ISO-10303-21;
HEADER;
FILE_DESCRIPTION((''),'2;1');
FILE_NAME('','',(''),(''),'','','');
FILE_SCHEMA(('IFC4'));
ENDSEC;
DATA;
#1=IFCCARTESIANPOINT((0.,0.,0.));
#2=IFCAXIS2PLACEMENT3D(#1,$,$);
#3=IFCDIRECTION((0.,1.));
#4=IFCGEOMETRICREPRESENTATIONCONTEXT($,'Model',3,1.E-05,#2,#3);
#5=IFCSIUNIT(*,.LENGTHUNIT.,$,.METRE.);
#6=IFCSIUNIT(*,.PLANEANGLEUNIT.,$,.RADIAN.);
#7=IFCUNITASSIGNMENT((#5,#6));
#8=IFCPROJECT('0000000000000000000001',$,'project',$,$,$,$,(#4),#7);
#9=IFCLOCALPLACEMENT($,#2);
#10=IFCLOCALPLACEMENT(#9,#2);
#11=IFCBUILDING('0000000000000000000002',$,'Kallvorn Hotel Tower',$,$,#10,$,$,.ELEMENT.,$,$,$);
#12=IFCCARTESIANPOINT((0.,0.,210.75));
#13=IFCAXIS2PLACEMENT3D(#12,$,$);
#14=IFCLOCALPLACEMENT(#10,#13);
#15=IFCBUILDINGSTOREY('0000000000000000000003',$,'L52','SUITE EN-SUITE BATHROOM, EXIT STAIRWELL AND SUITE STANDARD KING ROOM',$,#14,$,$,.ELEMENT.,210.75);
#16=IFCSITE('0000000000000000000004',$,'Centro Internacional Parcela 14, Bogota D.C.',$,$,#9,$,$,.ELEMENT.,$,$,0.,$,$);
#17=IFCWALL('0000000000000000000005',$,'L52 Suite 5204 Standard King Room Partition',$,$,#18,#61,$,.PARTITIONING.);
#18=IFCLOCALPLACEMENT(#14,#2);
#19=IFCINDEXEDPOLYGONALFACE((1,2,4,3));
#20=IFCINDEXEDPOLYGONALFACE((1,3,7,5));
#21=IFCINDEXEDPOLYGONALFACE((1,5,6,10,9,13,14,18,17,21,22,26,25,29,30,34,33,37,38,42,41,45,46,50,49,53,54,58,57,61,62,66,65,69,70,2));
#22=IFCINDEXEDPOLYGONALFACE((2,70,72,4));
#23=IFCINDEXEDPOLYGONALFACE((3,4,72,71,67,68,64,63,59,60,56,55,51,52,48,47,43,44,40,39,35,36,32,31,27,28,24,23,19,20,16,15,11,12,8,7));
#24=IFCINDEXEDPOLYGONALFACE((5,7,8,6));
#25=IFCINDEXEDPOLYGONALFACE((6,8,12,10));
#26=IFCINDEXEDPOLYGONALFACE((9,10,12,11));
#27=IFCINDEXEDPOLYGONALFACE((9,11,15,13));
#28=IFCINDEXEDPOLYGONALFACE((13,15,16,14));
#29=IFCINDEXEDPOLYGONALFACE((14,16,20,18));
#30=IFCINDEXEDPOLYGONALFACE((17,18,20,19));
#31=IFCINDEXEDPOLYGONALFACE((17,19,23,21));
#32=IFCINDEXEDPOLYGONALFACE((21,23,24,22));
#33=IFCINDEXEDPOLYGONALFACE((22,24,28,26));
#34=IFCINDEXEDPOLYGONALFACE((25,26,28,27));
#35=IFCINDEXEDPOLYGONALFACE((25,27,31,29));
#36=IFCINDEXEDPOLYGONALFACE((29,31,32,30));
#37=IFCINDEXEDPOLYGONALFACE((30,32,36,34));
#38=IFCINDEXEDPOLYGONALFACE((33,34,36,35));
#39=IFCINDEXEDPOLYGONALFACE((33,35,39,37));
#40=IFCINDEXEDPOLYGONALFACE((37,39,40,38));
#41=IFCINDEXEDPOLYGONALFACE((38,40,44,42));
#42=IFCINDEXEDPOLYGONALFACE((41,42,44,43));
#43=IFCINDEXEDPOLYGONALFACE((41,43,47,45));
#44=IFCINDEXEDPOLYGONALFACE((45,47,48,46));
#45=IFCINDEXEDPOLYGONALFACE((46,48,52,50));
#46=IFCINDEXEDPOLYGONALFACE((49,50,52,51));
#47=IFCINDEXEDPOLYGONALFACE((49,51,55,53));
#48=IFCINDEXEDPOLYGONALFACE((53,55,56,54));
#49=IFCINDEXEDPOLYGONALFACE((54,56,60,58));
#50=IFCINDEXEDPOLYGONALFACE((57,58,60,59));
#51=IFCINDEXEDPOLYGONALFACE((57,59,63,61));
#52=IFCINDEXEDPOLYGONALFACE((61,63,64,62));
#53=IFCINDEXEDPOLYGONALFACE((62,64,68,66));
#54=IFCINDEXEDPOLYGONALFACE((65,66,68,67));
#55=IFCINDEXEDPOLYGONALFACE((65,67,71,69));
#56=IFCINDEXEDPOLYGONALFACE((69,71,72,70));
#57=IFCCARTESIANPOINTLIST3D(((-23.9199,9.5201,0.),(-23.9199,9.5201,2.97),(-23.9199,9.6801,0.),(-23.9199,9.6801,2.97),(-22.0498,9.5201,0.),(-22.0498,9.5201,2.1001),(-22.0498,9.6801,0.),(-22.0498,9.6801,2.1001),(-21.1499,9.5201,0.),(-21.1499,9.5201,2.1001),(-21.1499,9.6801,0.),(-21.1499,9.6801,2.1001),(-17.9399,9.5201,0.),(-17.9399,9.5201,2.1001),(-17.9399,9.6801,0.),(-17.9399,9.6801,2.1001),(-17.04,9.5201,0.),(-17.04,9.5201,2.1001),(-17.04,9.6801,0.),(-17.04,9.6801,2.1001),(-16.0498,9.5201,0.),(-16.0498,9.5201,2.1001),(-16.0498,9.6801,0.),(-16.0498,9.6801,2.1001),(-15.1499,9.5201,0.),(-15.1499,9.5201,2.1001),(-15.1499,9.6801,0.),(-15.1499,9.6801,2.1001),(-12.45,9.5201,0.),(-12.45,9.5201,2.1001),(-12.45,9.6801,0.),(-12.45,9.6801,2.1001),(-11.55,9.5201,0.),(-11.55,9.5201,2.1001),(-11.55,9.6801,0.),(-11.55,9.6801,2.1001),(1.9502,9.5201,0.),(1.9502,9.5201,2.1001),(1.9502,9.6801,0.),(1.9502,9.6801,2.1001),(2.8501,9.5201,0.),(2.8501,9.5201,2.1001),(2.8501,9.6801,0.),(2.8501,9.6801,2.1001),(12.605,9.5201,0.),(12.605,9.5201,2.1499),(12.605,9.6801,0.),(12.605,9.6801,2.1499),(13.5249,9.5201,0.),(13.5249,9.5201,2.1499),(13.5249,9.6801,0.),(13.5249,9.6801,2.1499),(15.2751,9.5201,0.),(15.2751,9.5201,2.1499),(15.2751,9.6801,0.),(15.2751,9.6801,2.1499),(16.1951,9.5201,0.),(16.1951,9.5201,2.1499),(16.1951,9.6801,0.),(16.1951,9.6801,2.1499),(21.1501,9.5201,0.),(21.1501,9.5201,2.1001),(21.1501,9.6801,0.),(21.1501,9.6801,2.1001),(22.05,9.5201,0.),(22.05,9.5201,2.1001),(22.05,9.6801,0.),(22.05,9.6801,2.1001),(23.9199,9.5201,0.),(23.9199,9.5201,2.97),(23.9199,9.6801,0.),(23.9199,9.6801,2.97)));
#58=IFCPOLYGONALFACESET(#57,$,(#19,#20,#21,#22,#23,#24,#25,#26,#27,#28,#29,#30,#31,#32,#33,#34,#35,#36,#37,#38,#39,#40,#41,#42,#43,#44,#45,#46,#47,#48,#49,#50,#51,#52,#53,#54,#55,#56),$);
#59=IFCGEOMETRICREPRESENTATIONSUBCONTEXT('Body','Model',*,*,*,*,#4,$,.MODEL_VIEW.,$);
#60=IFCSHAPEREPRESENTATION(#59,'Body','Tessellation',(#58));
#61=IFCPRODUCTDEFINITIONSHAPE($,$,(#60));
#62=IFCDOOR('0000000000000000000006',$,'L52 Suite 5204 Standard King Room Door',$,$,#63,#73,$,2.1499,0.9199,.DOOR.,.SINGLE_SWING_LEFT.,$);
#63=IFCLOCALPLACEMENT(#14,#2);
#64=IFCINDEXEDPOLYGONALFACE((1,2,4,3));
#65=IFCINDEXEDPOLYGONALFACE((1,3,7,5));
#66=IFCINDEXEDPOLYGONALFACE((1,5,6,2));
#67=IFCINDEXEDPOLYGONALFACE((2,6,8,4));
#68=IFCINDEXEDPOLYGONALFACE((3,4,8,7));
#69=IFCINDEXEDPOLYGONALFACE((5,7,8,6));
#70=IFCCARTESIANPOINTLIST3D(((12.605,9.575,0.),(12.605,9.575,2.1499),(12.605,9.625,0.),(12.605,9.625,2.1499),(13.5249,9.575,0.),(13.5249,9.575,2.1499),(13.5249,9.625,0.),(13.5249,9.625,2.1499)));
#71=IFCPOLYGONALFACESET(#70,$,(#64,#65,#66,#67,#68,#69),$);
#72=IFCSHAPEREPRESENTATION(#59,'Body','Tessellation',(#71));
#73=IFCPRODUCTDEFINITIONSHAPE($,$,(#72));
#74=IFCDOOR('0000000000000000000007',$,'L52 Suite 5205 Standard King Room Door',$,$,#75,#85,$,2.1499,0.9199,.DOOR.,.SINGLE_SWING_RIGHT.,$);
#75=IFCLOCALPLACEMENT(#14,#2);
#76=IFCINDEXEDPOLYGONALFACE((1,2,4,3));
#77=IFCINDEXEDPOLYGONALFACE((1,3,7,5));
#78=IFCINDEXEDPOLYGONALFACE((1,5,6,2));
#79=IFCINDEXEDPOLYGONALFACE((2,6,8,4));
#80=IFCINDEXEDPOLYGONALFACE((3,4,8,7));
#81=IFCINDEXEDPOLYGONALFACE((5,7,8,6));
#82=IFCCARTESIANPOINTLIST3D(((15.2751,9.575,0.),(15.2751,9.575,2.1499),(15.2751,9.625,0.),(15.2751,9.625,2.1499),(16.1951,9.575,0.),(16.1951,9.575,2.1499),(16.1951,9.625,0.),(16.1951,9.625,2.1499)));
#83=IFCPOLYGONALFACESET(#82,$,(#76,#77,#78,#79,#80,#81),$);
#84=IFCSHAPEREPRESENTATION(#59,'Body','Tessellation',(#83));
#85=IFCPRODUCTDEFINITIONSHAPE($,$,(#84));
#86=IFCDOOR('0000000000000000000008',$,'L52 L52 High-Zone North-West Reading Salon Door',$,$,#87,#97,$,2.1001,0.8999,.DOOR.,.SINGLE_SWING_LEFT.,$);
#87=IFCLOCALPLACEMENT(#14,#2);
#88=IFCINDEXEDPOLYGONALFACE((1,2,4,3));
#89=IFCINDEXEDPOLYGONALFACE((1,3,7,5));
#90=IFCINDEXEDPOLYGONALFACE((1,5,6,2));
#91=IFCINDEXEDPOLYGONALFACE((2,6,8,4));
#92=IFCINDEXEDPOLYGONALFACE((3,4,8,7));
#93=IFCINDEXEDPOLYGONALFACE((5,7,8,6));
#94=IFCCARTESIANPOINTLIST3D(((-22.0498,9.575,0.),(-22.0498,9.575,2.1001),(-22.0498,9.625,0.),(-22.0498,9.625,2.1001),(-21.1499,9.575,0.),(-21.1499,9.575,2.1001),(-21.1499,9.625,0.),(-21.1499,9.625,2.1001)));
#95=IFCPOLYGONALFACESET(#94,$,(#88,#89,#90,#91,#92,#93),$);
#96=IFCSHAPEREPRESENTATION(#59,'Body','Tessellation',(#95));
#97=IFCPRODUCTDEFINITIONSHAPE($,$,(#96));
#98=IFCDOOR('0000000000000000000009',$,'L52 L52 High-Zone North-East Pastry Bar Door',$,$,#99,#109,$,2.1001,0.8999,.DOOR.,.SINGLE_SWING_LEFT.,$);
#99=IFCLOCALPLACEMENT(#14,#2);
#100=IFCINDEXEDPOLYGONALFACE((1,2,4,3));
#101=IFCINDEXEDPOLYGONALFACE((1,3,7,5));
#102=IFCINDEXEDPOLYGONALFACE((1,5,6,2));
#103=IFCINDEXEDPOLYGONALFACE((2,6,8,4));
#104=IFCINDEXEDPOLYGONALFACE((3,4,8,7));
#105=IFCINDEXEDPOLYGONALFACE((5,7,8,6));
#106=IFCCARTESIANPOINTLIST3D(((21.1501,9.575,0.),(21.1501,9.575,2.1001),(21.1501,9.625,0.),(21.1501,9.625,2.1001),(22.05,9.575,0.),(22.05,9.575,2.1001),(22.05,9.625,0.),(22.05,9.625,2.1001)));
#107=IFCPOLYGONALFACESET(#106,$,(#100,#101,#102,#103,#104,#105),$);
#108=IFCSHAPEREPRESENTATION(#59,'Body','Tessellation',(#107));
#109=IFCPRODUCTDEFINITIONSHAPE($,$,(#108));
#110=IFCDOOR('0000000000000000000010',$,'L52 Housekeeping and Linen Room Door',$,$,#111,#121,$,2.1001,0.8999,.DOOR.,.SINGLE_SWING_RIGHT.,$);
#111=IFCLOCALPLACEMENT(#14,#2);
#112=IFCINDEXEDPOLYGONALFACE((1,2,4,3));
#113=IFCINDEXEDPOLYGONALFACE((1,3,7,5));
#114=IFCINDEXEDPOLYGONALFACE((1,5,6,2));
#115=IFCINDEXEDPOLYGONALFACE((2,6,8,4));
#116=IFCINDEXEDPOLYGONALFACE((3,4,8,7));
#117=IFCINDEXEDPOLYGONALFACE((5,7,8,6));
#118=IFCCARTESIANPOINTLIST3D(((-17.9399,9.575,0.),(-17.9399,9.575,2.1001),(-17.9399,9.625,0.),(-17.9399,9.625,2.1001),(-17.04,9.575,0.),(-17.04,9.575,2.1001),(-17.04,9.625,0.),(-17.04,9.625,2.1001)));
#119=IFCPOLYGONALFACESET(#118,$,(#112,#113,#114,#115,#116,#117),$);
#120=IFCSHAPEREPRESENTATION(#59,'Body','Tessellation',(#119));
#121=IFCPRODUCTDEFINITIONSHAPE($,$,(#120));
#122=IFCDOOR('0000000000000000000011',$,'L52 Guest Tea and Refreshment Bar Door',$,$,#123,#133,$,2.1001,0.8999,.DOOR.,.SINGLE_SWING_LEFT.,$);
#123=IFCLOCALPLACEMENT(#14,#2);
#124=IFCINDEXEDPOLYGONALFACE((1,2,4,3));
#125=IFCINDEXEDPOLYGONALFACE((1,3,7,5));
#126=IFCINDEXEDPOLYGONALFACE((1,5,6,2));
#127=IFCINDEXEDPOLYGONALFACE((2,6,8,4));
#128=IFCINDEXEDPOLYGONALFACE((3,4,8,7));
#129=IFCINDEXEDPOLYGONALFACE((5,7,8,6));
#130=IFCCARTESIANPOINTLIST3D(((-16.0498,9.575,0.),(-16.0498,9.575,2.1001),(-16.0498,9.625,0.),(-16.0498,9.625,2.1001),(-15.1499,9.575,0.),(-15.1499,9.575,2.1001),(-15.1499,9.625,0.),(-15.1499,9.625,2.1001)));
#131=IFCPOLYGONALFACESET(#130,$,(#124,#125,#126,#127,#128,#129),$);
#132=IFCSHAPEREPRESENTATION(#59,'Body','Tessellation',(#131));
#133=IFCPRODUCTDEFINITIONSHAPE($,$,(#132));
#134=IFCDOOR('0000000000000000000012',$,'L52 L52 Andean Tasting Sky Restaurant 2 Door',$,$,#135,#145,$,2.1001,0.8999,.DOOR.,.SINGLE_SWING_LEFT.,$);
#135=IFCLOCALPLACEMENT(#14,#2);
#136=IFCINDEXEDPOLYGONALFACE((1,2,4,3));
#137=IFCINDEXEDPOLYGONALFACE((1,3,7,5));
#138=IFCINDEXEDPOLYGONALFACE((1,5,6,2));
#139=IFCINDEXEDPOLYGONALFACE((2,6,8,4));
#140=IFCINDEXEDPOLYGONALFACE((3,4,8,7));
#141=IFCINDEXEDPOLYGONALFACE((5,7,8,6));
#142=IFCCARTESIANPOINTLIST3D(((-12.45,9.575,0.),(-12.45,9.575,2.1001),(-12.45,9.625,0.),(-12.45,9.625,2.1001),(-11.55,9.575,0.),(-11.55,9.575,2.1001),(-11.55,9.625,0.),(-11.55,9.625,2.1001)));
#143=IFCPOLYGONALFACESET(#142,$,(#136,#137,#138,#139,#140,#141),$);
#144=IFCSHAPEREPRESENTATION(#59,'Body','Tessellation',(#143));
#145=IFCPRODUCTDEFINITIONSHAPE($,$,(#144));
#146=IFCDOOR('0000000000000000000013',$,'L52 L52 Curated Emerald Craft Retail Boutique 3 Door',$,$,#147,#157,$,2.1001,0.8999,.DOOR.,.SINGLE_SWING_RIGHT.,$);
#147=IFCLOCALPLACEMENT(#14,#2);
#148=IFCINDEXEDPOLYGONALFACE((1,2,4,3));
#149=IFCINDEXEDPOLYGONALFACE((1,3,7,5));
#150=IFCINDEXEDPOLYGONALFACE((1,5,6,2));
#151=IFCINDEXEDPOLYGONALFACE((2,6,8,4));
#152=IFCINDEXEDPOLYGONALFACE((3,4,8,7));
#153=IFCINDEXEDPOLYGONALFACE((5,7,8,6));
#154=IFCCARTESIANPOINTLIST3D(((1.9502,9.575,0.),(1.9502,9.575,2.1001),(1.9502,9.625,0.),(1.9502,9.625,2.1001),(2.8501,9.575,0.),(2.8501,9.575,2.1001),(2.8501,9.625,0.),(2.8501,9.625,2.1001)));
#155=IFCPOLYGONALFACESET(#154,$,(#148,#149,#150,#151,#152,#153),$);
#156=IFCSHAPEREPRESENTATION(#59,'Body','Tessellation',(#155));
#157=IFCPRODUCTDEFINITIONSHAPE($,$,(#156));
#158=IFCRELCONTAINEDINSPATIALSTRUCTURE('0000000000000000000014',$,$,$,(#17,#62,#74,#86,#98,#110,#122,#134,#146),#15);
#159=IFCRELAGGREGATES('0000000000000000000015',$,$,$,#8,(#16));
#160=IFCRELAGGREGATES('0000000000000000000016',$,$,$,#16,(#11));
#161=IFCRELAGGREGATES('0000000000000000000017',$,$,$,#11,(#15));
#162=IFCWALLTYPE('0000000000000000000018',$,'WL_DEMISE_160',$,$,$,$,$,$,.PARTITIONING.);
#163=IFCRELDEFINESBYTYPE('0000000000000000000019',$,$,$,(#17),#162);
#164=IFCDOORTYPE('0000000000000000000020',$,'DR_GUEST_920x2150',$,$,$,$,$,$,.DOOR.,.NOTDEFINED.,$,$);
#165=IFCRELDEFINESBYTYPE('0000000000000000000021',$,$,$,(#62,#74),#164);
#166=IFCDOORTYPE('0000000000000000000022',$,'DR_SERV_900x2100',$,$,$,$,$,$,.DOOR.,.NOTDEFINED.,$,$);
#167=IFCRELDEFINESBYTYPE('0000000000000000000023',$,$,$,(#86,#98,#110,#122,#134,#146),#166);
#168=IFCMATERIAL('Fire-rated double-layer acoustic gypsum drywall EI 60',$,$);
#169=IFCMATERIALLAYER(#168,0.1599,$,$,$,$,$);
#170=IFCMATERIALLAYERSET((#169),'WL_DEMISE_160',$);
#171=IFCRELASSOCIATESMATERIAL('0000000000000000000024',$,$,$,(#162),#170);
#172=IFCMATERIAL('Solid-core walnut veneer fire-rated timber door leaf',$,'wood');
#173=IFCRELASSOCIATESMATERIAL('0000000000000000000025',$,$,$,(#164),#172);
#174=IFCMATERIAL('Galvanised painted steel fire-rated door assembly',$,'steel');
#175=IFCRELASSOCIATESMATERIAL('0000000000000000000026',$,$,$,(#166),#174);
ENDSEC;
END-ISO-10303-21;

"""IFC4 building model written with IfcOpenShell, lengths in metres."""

from ifc_helpers import new_model, si_unit, direction, frame, frame_2d, origin, place, context, subcontext, project, spatial, rectangle, extrude, material, layer, layer_set, type_object, element, fill, save


model = new_model("IFC4")

# Units and contexts
model_context = context("Model", 3, precision=1e-05, world=origin(), true_north=direction((0.0, 1.0)))
body_context = subcontext(model_context, "Body", "Model", "MODEL_VIEW")
ifc_project = project(units=[si_unit("LENGTHUNIT", "METRE"), si_unit("PLANEANGLEUNIT", "RADIAN")], contexts=[model_context])

# Site, building, storey
site_placement = place(None, origin())
site = spatial("IfcSite", under=ifc_project, at=site_placement, Name="Centro Internacional Parcela 14, Bogota D.C.", CompositionType="ELEMENT", RefElevation=0.0)
building_placement = place(site_placement, origin())
building = spatial("IfcBuilding", under=site, at=building_placement, Name="Kallvorn Hotel Tower", CompositionType="ELEMENT")
storey_placement = place(building_placement, frame((0.0, 0.0, 210.75)))
storey = spatial("IfcBuildingStorey", under=building, at=storey_placement, Name="L52", Description="SUITE EN-SUITE BATHROOM, EXIT STAIRWELL AND SUITE STANDARD KING ROOM", CompositionType="ELEMENT", Elevation=210.75)

# Wall, openings, doors
ifc_material_1 = material(Name="Fire-rated double-layer acoustic gypsum drywall EI 60")
ifc_layer_1 = layer(ifc_material_1, 0.1599)
ifc_layer_set_1 = layer_set([ifc_layer_1], Name="WL_DEMISE_160")
wall_type_1 = type_object("IfcWallType", Name="WL_DEMISE_160", PredefinedType="PARTITIONING", material=ifc_layer_set_1)
wall_1_placement = place(storey_placement, frame((-23.9199, 9.6001, 0.0), z_axis=(0.0, 0.0, 1.0), x_axis=(1.0, 0.0, 0.0)))
wall_1 = element("IfcWall", 1, at=wall_1_placement, inside=storey, type_object=wall_type_1, Name="L52 Suite 5204 Standard King Room Partition", PredefinedType="PARTITIONING", context=body_context, shape_type="SweptSolid", body=[
    extrude(rectangle(XDim=47.8398, YDim=0.1599, at=frame_2d((23.9199, 0.0))), origin(), (0.0, 0.0, 1.0), 2.97),
])
opening_1_placement = place(wall_1_placement, frame((1.8701, 0.0, 0.0)))
opening_1 = element("IfcOpeningElement", 2, at=opening_1_placement, cuts=wall_1, PredefinedType="OPENING", context=body_context, shape_type="SweptSolid", body=[
    extrude(rectangle(XDim=0.8999, YDim=2.1001, at=frame_2d((0.45, 1.05))), frame((0.0, 0.095, 0.0), z_axis=(0.0, -1.0, 0.0), x_axis=(1.0, 0.0, 0.0)), (0.0, 0.0, 1.0), 0.1899),
])
opening_2_placement = place(wall_1_placement, frame((45.0701, 0.0, 0.0)))
opening_2 = element("IfcOpeningElement", 3, at=opening_2_placement, cuts=wall_1, PredefinedType="OPENING", context=body_context, shape_type="SweptSolid", body=[
    extrude(rectangle(XDim=0.8999, YDim=2.1001, at=frame_2d((0.45, 1.05))), frame((0.0, 0.095, 0.0), z_axis=(0.0, -1.0, 0.0), x_axis=(1.0, 0.0, 0.0)), (0.0, 0.0, 1.0), 0.1899),
])
opening_3_placement = place(wall_1_placement, frame((5.98, 0.0, 0.0)))
opening_3 = element("IfcOpeningElement", 4, at=opening_3_placement, cuts=wall_1, PredefinedType="OPENING", context=body_context, shape_type="SweptSolid", body=[
    extrude(rectangle(XDim=0.8999, YDim=2.1001, at=frame_2d((0.45, 1.05))), frame((0.0, 0.095, 0.0), z_axis=(0.0, -1.0, 0.0), x_axis=(1.0, 0.0, 0.0)), (0.0, 0.0, 1.0), 0.1899),
])
opening_4_placement = place(wall_1_placement, frame((7.8701, 0.0, 0.0)))
opening_4 = element("IfcOpeningElement", 5, at=opening_4_placement, cuts=wall_1, PredefinedType="OPENING", context=body_context, shape_type="SweptSolid", body=[
    extrude(rectangle(XDim=0.8999, YDim=2.1001, at=frame_2d((0.45, 1.05))), frame((0.0, 0.095, 0.0), z_axis=(0.0, -1.0, 0.0), x_axis=(1.0, 0.0, 0.0)), (0.0, 0.0, 1.0), 0.1899),
])
opening_5_placement = place(wall_1_placement, frame((11.47, 0.0, 0.0)))
opening_5 = element("IfcOpeningElement", 6, at=opening_5_placement, cuts=wall_1, PredefinedType="OPENING", context=body_context, shape_type="SweptSolid", body=[
    extrude(rectangle(XDim=0.8999, YDim=2.1001, at=frame_2d((0.45, 1.05))), frame((0.0, 0.095, 0.0), z_axis=(0.0, -1.0, 0.0), x_axis=(1.0, 0.0, 0.0)), (0.0, 0.0, 1.0), 0.1899),
])
opening_6_placement = place(wall_1_placement, frame((25.8701, 0.0, 0.0)))
opening_6 = element("IfcOpeningElement", 7, at=opening_6_placement, cuts=wall_1, PredefinedType="OPENING", context=body_context, shape_type="SweptSolid", body=[
    extrude(rectangle(XDim=0.8999, YDim=2.1001, at=frame_2d((0.45, 1.05))), frame((0.0, 0.095, 0.0), z_axis=(0.0, -1.0, 0.0), x_axis=(1.0, 0.0, 0.0)), (0.0, 0.0, 1.0), 0.1899),
])
opening_7_placement = place(wall_1_placement, frame((36.5249, 0.0, 0.0)))
opening_7 = element("IfcOpeningElement", 8, at=opening_7_placement, cuts=wall_1, PredefinedType="OPENING", context=body_context, shape_type="SweptSolid", body=[
    extrude(rectangle(XDim=0.9199, YDim=2.1499, at=frame_2d((0.46, 1.075))), frame((0.0, 0.095, 0.0), z_axis=(0.0, -1.0, 0.0), x_axis=(1.0, 0.0, 0.0)), (0.0, 0.0, 1.0), 0.1899),
])
opening_8_placement = place(wall_1_placement, frame((39.1951, 0.0, 0.0)))
opening_8 = element("IfcOpeningElement", 9, at=opening_8_placement, cuts=wall_1, PredefinedType="OPENING", context=body_context, shape_type="SweptSolid", body=[
    extrude(rectangle(XDim=0.9199, YDim=2.1499, at=frame_2d((0.46, 1.075))), frame((0.0, 0.095, 0.0), z_axis=(0.0, -1.0, 0.0), x_axis=(1.0, 0.0, 0.0)), (0.0, 0.0, 1.0), 0.1899),
])
ifc_material_2 = material(Name="Solid-core walnut veneer fire-rated timber door leaf", Category="wood")
door_type_1 = type_object("IfcDoorType", Name="DR_GUEST_920x2150", OperationType="NOTDEFINED", PredefinedType="DOOR", material=ifc_material_2)
door_1_placement = place(opening_7_placement, origin())
door_1 = element("IfcDoor", 10, at=door_1_placement, inside=storey, type_object=door_type_1, Name="L52 Suite 5204 Standard King Room Door", OperationType="SINGLE_SWING_LEFT", OverallHeight=2.1499, OverallWidth=0.9199, PredefinedType="DOOR", context=body_context, shape_type="SweptSolid", body=[
    extrude(rectangle(XDim=0.9199, YDim=2.1499, at=frame_2d((0.46, 1.075))), frame((0.0, 0.0249, 0.0), z_axis=(0.0, -1.0, 0.0), x_axis=(1.0, 0.0, 0.0)), (0.0, 0.0, 1.0), 0.05),
])
fill(opening_7, door_1)
door_2_placement = place(opening_8_placement, origin())
door_2 = element("IfcDoor", 11, at=door_2_placement, inside=storey, type_object=door_type_1, Name="L52 Suite 5205 Standard King Room Door", OperationType="SINGLE_SWING_RIGHT", OverallHeight=2.1499, OverallWidth=0.9199, PredefinedType="DOOR", context=body_context, shape_type="SweptSolid", body=[
    extrude(rectangle(XDim=0.9199, YDim=2.1499, at=frame_2d((0.46, 1.075))), frame((0.0, 0.0249, 0.0), z_axis=(0.0, -1.0, 0.0), x_axis=(1.0, 0.0, 0.0)), (0.0, 0.0, 1.0), 0.05),
])
fill(opening_8, door_2)
ifc_material_3 = material(Name="Galvanised painted steel fire-rated door assembly", Category="steel")
door_type_2 = type_object("IfcDoorType", Name="DR_SERV_900x2100", OperationType="NOTDEFINED", PredefinedType="DOOR", material=ifc_material_3)
door_3_placement = place(opening_1_placement, origin())
door_3 = element("IfcDoor", 12, at=door_3_placement, inside=storey, type_object=door_type_2, Name="L52 L52 High-Zone North-West Reading Salon Door", OperationType="SINGLE_SWING_LEFT", OverallHeight=2.1001, OverallWidth=0.8999, PredefinedType="DOOR", context=body_context, shape_type="SweptSolid", body=[
    extrude(rectangle(XDim=0.8999, YDim=2.1001, at=frame_2d((0.45, 1.05))), frame((0.0, 0.0249, 0.0), z_axis=(0.0, -1.0, 0.0), x_axis=(1.0, 0.0, 0.0)), (0.0, 0.0, 1.0), 0.05),
])
fill(opening_1, door_3)
door_4_placement = place(opening_2_placement, origin())
door_4 = element("IfcDoor", 13, at=door_4_placement, inside=storey, type_object=door_type_2, Name="L52 L52 High-Zone North-East Pastry Bar Door", OperationType="SINGLE_SWING_LEFT", OverallHeight=2.1001, OverallWidth=0.8999, PredefinedType="DOOR", context=body_context, shape_type="SweptSolid", body=[
    extrude(rectangle(XDim=0.8999, YDim=2.1001, at=frame_2d((0.45, 1.05))), frame((0.0, 0.0249, 0.0), z_axis=(0.0, -1.0, 0.0), x_axis=(1.0, 0.0, 0.0)), (0.0, 0.0, 1.0), 0.05),
])
fill(opening_2, door_4)
door_5_placement = place(opening_3_placement, origin())
door_5 = element("IfcDoor", 14, at=door_5_placement, inside=storey, type_object=door_type_2, Name="L52 Housekeeping and Linen Room Door", OperationType="SINGLE_SWING_RIGHT", OverallHeight=2.1001, OverallWidth=0.8999, PredefinedType="DOOR", context=body_context, shape_type="SweptSolid", body=[
    extrude(rectangle(XDim=0.8999, YDim=2.1001, at=frame_2d((0.45, 1.05))), frame((0.0, 0.0249, 0.0), z_axis=(0.0, -1.0, 0.0), x_axis=(1.0, 0.0, 0.0)), (0.0, 0.0, 1.0), 0.05),
])
fill(opening_3, door_5)
door_6_placement = place(opening_4_placement, origin())
door_6 = element("IfcDoor", 15, at=door_6_placement, inside=storey, type_object=door_type_2, Name="L52 Guest Tea and Refreshment Bar Door", OperationType="SINGLE_SWING_LEFT", OverallHeight=2.1001, OverallWidth=0.8999, PredefinedType="DOOR", context=body_context, shape_type="SweptSolid", body=[
    extrude(rectangle(XDim=0.8999, YDim=2.1001, at=frame_2d((0.45, 1.05))), frame((0.0, 0.0249, 0.0), z_axis=(0.0, -1.0, 0.0), x_axis=(1.0, 0.0, 0.0)), (0.0, 0.0, 1.0), 0.05),
])
fill(opening_4, door_6)
door_7_placement = place(opening_5_placement, origin())
door_7 = element("IfcDoor", 16, at=door_7_placement, inside=storey, type_object=door_type_2, Name="L52 L52 Andean Tasting Sky Restaurant 2 Door", OperationType="SINGLE_SWING_LEFT", OverallHeight=2.1001, OverallWidth=0.8999, PredefinedType="DOOR", context=body_context, shape_type="SweptSolid", body=[
    extrude(rectangle(XDim=0.8999, YDim=2.1001, at=frame_2d((0.45, 1.05))), frame((0.0, 0.0249, 0.0), z_axis=(0.0, -1.0, 0.0), x_axis=(1.0, 0.0, 0.0)), (0.0, 0.0, 1.0), 0.05),
])
fill(opening_5, door_7)
door_8_placement = place(opening_6_placement, origin())
door_8 = element("IfcDoor", 17, at=door_8_placement, inside=storey, type_object=door_type_2, Name="L52 L52 Curated Emerald Craft Retail Boutique 3 Door", OperationType="SINGLE_SWING_RIGHT", OverallHeight=2.1001, OverallWidth=0.8999, PredefinedType="DOOR", context=body_context, shape_type="SweptSolid", body=[
    extrude(rectangle(XDim=0.8999, YDim=2.1001, at=frame_2d((0.45, 1.05))), frame((0.0, 0.0249, 0.0), z_axis=(0.0, -1.0, 0.0), x_axis=(1.0, 0.0, 0.0)), (0.0, 0.0, 1.0), 0.05),
])
fill(opening_6, door_8)

save(model, "model.ifc")
